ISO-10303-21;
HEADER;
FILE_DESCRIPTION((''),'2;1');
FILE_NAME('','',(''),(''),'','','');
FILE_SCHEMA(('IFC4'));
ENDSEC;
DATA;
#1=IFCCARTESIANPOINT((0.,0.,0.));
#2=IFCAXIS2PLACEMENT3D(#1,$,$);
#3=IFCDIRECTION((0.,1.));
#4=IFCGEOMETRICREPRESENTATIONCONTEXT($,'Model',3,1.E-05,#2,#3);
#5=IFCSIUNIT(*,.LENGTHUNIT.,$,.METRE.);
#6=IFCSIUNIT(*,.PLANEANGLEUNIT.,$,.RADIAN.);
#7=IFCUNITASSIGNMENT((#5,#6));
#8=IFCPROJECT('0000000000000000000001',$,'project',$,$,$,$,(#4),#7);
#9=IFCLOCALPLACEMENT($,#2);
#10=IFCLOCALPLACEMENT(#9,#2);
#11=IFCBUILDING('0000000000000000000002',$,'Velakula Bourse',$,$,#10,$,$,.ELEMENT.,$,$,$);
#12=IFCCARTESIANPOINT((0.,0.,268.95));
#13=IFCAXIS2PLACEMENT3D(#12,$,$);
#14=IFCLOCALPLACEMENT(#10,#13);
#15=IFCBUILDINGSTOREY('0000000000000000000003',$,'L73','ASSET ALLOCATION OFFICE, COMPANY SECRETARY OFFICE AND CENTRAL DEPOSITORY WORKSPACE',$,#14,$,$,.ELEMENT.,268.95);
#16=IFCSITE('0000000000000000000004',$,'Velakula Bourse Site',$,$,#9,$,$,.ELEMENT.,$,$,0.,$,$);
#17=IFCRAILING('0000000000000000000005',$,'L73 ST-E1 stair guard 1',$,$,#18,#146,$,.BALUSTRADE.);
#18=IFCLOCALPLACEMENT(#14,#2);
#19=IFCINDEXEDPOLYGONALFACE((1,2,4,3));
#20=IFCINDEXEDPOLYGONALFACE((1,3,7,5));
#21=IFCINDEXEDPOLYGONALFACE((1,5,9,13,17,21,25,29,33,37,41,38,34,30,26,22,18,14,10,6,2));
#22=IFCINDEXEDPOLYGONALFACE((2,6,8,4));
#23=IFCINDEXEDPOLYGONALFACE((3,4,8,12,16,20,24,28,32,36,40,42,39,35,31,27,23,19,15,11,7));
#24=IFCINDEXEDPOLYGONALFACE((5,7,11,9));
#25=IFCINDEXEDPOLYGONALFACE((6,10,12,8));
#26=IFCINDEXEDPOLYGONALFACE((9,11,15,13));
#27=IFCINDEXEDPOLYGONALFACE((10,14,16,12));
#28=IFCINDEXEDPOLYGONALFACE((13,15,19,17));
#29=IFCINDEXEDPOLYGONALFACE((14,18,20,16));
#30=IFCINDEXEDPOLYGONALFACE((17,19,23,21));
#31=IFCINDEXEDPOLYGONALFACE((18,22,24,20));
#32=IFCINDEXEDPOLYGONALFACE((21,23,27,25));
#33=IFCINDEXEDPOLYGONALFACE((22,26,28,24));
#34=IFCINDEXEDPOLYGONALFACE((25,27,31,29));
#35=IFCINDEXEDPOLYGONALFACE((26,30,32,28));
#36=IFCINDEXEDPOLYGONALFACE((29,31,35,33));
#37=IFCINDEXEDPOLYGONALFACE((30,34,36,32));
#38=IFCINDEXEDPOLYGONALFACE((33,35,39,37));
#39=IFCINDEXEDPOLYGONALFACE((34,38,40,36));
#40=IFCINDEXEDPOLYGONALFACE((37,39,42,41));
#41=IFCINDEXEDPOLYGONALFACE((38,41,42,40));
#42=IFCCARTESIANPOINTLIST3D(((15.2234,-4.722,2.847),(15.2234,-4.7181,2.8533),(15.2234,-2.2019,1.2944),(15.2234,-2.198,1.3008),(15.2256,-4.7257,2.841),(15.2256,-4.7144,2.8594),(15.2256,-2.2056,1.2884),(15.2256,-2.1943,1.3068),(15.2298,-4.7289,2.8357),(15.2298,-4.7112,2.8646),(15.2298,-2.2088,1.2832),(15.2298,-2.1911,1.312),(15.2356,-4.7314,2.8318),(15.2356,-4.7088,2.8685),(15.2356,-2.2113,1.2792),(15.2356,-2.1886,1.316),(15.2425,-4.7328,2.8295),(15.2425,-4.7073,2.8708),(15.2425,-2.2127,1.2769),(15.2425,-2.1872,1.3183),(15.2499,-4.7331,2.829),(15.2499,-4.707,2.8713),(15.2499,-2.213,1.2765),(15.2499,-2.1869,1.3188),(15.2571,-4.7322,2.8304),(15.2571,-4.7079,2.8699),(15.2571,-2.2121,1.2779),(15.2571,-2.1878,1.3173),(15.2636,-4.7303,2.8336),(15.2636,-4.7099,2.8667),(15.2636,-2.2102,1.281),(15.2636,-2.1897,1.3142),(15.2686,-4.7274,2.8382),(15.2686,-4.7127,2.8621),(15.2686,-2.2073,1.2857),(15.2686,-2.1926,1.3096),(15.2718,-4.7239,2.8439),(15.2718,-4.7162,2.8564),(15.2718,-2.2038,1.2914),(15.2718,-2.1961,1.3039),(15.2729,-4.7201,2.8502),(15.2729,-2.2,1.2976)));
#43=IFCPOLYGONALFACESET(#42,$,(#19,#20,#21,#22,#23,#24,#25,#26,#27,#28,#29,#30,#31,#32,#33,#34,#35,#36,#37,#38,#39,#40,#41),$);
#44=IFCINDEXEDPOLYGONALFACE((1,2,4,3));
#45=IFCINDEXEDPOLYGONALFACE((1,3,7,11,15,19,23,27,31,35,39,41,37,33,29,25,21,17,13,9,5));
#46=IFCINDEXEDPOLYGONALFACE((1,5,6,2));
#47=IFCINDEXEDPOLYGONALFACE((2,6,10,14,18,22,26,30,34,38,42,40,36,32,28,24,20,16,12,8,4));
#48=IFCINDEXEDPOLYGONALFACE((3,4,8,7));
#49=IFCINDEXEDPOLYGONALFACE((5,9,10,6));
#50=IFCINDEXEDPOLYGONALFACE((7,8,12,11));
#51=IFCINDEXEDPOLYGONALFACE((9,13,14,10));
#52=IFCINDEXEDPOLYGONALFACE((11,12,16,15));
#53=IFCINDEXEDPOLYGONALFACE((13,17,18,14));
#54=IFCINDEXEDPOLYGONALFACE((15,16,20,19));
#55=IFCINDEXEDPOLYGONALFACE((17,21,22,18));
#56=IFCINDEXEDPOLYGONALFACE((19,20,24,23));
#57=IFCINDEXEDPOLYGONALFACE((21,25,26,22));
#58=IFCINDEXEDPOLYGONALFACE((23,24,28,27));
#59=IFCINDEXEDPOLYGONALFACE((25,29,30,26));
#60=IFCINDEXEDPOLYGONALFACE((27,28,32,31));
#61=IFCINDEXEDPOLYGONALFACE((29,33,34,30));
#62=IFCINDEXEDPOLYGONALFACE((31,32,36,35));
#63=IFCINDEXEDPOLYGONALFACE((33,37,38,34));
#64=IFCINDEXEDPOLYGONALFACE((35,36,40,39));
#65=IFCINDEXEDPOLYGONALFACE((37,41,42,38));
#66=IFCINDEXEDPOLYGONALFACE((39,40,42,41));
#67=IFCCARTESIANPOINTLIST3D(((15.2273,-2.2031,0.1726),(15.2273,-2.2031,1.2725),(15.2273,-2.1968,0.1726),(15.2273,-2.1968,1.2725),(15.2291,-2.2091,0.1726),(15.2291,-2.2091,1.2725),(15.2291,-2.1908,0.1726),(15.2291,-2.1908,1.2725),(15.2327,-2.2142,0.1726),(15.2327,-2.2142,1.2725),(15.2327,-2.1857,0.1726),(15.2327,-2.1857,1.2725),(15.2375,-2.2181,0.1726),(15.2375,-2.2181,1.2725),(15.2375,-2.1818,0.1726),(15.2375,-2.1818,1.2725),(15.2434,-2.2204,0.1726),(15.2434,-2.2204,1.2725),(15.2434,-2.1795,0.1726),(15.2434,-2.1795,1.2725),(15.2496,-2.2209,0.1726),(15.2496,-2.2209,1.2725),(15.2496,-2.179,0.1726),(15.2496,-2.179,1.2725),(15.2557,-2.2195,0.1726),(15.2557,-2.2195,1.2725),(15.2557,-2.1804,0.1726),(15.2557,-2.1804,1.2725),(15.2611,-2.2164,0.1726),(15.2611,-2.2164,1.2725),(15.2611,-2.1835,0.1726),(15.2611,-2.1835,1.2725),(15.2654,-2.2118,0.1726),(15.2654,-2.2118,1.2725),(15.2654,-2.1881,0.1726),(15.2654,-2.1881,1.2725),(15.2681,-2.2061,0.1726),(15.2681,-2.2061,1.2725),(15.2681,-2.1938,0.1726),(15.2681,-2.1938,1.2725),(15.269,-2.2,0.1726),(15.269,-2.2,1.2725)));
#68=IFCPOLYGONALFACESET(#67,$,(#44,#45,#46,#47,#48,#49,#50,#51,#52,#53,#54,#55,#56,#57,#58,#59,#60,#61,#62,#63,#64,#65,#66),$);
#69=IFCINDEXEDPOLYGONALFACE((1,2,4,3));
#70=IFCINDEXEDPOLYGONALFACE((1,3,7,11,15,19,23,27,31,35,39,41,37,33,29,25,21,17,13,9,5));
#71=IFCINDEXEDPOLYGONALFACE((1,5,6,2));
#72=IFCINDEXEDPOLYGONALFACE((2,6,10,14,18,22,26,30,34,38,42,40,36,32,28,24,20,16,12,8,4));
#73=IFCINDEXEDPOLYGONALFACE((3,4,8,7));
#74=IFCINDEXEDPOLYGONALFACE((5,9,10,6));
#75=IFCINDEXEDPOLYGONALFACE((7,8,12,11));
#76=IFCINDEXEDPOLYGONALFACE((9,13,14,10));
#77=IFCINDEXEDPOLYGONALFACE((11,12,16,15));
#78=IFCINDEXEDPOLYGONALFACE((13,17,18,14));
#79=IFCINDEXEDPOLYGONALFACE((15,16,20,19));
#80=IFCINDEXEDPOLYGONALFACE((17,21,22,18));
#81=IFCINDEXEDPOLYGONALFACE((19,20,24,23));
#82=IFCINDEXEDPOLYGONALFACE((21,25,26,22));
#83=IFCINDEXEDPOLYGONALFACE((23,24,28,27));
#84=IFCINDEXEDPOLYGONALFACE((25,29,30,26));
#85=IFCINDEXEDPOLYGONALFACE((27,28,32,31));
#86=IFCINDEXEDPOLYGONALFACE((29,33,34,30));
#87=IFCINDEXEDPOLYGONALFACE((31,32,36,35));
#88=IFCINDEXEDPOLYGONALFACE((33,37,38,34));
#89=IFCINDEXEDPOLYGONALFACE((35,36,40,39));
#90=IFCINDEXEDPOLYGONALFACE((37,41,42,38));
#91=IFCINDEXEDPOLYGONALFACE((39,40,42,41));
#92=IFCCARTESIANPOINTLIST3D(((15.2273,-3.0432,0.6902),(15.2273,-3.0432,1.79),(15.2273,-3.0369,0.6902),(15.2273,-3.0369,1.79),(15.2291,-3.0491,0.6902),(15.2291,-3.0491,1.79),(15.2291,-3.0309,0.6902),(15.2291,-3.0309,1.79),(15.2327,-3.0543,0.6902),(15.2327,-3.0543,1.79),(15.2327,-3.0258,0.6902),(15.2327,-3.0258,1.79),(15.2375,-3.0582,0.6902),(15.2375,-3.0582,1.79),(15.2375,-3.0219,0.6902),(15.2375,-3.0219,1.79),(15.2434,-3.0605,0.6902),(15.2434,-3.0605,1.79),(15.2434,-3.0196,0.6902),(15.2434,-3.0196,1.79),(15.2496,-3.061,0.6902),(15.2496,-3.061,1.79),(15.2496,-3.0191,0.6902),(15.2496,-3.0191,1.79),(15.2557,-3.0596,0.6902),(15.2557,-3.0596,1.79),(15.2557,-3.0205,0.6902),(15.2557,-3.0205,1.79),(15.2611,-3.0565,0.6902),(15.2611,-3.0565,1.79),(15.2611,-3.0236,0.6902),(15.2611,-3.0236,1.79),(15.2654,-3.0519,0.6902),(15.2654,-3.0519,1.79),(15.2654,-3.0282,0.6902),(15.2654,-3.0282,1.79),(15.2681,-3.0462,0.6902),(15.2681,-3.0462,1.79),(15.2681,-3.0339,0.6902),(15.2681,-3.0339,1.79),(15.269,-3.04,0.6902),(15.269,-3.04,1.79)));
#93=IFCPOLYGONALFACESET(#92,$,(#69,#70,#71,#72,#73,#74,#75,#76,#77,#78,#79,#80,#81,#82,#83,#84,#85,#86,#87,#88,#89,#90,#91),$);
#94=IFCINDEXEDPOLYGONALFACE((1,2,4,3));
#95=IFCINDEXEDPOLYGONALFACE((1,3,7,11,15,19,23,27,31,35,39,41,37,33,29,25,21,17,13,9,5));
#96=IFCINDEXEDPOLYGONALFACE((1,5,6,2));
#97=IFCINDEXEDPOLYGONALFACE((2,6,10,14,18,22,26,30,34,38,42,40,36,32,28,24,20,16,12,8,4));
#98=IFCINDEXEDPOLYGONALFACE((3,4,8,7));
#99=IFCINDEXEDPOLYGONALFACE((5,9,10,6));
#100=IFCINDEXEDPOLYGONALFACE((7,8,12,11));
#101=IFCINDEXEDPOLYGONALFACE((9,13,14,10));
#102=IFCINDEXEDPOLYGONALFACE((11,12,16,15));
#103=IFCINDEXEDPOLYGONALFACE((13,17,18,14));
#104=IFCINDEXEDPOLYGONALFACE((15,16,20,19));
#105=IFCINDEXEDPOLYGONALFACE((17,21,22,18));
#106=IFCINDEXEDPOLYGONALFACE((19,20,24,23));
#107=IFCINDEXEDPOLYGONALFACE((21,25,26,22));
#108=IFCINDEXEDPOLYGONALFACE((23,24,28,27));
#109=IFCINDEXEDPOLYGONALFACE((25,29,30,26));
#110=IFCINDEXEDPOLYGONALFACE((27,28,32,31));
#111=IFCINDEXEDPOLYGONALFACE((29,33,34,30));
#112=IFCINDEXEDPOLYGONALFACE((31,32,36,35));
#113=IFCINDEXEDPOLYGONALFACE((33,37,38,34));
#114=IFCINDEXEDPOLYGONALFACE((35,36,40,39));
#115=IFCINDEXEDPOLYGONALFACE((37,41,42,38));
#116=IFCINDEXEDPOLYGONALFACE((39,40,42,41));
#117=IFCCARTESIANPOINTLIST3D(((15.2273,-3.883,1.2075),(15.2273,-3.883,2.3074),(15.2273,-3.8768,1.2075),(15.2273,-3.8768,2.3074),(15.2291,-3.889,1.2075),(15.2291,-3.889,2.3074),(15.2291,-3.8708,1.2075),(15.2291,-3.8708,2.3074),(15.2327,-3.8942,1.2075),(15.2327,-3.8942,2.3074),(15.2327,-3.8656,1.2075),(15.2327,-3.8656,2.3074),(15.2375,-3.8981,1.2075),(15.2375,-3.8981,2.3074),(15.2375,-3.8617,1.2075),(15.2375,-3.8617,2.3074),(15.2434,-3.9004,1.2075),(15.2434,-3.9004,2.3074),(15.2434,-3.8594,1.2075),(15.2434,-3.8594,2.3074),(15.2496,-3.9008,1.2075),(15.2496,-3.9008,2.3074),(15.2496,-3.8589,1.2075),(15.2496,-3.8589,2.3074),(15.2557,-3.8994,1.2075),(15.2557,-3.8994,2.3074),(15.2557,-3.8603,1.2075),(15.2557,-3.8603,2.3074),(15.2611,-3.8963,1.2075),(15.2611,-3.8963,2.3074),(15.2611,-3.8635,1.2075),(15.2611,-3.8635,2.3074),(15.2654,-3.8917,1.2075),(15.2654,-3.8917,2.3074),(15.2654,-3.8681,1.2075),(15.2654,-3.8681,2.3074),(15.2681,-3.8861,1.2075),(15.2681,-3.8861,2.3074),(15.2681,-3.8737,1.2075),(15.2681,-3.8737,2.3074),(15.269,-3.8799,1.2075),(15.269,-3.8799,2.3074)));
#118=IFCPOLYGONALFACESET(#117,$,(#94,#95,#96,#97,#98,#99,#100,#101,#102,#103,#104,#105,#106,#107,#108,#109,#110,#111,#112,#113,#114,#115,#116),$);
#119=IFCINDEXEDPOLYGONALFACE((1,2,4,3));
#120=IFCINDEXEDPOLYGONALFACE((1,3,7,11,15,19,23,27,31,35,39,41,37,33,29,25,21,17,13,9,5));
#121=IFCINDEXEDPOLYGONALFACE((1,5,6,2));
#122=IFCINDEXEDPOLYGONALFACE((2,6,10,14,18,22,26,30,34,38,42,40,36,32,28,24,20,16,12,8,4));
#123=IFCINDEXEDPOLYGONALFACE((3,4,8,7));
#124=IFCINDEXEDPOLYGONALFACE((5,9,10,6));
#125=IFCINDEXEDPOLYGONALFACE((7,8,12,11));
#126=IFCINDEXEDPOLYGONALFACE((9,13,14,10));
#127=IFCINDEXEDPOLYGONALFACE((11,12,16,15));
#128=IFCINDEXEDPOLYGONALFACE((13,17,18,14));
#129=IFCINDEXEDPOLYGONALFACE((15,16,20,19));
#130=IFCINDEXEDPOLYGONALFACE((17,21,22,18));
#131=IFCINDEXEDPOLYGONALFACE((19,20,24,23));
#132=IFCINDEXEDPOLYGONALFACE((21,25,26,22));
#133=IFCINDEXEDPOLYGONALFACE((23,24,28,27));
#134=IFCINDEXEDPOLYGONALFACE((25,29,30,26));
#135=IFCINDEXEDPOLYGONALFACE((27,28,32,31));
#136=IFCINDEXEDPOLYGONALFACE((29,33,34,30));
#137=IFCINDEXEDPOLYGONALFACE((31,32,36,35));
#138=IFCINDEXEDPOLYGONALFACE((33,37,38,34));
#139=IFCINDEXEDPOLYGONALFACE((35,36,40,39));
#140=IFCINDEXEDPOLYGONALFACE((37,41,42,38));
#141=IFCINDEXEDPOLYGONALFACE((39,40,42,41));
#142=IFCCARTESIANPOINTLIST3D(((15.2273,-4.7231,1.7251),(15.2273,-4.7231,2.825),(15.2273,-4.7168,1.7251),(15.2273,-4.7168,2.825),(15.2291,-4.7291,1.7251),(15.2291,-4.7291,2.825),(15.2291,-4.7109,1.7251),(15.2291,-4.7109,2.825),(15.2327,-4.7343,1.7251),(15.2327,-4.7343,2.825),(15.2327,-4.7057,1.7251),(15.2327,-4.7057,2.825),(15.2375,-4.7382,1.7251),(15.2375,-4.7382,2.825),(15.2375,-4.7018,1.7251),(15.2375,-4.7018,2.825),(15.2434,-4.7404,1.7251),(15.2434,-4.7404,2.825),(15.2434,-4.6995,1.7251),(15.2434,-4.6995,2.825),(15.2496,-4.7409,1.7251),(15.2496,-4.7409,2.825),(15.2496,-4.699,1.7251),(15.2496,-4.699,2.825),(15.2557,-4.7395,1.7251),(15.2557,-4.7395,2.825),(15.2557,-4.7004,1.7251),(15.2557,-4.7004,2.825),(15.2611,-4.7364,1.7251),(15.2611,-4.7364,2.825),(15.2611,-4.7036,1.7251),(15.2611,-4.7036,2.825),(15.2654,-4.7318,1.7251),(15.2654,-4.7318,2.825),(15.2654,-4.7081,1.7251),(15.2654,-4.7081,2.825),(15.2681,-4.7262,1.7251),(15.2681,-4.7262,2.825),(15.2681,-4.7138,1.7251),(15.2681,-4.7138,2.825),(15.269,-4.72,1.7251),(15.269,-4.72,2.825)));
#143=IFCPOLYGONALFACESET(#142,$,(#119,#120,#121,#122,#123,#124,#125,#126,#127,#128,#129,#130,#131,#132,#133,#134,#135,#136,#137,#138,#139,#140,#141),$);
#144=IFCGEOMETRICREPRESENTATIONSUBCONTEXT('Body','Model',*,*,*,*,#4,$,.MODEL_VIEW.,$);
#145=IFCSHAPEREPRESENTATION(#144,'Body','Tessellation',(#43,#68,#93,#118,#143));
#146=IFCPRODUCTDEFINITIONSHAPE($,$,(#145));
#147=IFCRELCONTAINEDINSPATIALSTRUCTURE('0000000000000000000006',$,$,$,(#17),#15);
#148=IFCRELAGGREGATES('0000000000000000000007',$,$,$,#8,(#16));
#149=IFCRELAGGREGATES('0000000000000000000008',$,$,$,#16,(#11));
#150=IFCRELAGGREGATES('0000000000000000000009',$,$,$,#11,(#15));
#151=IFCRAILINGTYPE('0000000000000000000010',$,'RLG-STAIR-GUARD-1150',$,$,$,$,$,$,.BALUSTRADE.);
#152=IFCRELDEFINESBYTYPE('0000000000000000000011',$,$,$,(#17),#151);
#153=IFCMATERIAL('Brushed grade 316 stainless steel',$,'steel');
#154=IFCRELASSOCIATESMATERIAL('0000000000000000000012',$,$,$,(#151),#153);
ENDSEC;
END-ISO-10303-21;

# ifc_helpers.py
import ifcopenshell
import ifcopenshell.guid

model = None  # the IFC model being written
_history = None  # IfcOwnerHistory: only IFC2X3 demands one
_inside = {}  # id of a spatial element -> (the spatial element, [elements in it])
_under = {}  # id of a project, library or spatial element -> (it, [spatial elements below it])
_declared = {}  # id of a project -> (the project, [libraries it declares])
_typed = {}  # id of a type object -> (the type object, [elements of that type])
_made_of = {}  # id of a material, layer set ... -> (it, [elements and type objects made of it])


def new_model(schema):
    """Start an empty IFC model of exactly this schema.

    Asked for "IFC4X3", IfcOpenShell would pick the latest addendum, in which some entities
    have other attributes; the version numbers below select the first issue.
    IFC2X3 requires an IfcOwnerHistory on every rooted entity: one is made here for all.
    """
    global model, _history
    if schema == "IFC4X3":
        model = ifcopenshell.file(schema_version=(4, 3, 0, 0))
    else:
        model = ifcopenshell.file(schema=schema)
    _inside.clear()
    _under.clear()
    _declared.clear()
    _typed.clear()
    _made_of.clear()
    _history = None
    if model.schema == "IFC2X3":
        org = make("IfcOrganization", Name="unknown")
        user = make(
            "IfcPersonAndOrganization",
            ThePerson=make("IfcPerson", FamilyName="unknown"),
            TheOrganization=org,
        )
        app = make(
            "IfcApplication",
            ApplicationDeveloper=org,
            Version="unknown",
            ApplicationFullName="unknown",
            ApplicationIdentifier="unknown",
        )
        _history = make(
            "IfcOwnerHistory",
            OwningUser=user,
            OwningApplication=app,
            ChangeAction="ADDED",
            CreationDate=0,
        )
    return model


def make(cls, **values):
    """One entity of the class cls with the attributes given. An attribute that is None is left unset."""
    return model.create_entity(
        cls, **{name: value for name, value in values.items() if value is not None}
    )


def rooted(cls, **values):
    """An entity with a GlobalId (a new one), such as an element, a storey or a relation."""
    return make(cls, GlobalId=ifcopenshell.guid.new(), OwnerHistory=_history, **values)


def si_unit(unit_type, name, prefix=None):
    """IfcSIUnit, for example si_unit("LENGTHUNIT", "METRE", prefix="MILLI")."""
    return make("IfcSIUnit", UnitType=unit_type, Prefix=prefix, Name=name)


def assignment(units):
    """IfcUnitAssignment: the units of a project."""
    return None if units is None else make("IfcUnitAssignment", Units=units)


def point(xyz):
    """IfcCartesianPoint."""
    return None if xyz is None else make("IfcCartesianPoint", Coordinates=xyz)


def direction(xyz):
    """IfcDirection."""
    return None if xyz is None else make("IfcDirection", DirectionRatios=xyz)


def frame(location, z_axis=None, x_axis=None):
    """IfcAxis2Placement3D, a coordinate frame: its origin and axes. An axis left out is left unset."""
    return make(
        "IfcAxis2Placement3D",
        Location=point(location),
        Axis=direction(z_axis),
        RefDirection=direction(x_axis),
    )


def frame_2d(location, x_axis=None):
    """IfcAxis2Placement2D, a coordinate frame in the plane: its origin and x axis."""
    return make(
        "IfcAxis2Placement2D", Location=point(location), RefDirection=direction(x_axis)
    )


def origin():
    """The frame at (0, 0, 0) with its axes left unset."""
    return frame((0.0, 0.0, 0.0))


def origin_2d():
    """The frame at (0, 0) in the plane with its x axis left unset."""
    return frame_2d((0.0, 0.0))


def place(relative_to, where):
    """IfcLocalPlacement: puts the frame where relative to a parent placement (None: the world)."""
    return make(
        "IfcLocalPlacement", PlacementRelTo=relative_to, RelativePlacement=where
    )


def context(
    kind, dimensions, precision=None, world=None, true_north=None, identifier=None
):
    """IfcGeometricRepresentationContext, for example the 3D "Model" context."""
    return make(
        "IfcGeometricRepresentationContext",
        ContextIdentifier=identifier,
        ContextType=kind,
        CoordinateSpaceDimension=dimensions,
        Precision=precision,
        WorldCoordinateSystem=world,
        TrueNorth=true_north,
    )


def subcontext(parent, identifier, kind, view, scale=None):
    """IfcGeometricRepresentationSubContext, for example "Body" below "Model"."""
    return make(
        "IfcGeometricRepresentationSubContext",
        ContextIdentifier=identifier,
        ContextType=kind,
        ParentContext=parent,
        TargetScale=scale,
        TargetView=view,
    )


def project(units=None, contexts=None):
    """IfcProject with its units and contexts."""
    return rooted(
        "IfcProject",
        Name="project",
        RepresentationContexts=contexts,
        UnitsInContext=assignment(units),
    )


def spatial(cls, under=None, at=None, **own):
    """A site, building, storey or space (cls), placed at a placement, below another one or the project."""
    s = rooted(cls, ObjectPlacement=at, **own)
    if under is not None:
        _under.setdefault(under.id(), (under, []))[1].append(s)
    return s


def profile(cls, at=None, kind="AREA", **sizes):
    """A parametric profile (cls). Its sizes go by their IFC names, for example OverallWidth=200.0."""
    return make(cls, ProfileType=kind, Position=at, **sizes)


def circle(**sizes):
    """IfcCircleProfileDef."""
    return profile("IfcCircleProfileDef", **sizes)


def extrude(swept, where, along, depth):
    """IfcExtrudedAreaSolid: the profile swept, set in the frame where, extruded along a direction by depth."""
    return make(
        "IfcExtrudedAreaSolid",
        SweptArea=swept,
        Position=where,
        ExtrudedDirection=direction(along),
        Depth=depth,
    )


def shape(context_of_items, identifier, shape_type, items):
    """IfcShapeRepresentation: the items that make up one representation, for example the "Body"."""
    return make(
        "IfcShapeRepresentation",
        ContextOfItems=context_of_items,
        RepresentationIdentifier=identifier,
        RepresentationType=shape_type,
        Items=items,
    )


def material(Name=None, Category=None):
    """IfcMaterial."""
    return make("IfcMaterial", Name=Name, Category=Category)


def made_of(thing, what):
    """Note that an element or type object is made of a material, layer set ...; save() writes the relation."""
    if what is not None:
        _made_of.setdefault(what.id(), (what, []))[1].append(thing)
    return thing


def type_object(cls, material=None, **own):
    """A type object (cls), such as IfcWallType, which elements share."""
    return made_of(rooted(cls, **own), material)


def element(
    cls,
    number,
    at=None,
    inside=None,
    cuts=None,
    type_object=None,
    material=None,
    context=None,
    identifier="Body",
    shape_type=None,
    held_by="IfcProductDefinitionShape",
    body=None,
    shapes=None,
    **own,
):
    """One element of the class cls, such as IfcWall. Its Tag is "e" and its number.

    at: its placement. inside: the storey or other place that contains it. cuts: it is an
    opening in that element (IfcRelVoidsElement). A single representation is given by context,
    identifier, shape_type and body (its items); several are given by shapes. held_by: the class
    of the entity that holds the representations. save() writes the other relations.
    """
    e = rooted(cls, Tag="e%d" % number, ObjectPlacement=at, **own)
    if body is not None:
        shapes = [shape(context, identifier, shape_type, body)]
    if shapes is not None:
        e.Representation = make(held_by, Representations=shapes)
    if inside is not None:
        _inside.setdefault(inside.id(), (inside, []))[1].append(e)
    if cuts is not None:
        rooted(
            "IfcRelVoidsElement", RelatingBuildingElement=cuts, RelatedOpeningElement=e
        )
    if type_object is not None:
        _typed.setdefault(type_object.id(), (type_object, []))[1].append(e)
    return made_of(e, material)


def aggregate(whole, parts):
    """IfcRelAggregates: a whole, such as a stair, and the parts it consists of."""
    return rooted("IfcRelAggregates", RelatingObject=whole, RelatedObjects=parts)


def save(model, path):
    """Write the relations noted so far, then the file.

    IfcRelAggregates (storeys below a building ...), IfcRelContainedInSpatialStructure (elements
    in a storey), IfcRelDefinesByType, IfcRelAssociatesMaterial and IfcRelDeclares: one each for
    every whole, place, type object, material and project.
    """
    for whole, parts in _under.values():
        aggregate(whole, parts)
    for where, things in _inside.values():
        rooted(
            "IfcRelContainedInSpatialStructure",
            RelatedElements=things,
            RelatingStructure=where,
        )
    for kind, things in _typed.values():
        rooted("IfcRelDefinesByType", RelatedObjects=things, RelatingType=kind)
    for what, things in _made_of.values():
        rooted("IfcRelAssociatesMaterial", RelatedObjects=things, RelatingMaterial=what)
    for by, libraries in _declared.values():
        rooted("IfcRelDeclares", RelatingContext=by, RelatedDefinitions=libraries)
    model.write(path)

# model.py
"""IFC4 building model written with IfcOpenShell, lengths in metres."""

from ifc_helpers import new_model, si_unit, direction, frame, origin, origin_2d, place, context, subcontext, project, spatial, circle, extrude, material, type_object, element, save


model = new_model("IFC4")

# Units and contexts
model_context = context("Model", 3, precision=1e-05, world=origin(), true_north=direction((0.0, 1.0)))
body_context = subcontext(model_context, "Body", "Model", "MODEL_VIEW")
ifc_project = project(units=[si_unit("LENGTHUNIT", "METRE"), si_unit("PLANEANGLEUNIT", "RADIAN")], contexts=[model_context])

# Site, building, storey
site_placement = place(None, origin())
site = spatial("IfcSite", under=ifc_project, at=site_placement, Name="Velakula Bourse Site", CompositionType="ELEMENT", RefElevation=0.0)
building_placement = place(site_placement, origin())
building = spatial("IfcBuilding", under=site, at=building_placement, Name="Velakula Bourse", CompositionType="ELEMENT")
storey_placement = place(building_placement, frame((0.0, 0.0, 268.95)))
storey = spatial("IfcBuildingStorey", under=building, at=storey_placement, Name="L73", Description="ASSET ALLOCATION OFFICE, COMPANY SECRETARY OFFICE AND CENTRAL DEPOSITORY WORKSPACE", CompositionType="ELEMENT", Elevation=268.95)

# Shared definitions
ifc_material_1 = material(Name="Brushed grade 316 stainless steel", Category="steel")

# Railing
railing_type_1 = type_object("IfcRailingType", Name="RLG-STAIR-GUARD-1150", PredefinedType="BALUSTRADE", material=ifc_material_1)
railing_1_placement = place(storey_placement, frame((15.248, -2.2, 0.1726)))
element("IfcRailing", 1, at=railing_1_placement, inside=storey, type_object=railing_type_1, Name="L73 ST-E1 stair guard 1", PredefinedType="BALUSTRADE", context=body_context, shape_type="SweptSolid", body=[
    extrude(circle(Radius=0.0249, at=origin_2d()), frame((0.0, 0.0, 1.125), z_axis=(0.0, -0.8514, 0.524516), x_axis=(1.0, 0.0, 0.0)), (0.0, 0.0, 1.0), 2.96),
    extrude(circle(Radius=0.021, at=origin_2d()), origin(), (0.0, 0.0, 1.0), 1.0999),
    extrude(circle(Radius=0.021, at=origin_2d()), frame((0.0, -0.8401, 0.5176)), (0.0, 0.0, 1.0), 1.0999),
    extrude(circle(Radius=0.021, at=origin_2d()), frame((0.0, -1.6799, 1.0349)), (0.0, 0.0, 1.0), 1.0999),
    extrude(circle(Radius=0.021, at=origin_2d()), frame((0.0, -2.52, 1.5525)), (0.0, 0.0, 1.0), 1.0999),
])

save(model, "model.ifc")
